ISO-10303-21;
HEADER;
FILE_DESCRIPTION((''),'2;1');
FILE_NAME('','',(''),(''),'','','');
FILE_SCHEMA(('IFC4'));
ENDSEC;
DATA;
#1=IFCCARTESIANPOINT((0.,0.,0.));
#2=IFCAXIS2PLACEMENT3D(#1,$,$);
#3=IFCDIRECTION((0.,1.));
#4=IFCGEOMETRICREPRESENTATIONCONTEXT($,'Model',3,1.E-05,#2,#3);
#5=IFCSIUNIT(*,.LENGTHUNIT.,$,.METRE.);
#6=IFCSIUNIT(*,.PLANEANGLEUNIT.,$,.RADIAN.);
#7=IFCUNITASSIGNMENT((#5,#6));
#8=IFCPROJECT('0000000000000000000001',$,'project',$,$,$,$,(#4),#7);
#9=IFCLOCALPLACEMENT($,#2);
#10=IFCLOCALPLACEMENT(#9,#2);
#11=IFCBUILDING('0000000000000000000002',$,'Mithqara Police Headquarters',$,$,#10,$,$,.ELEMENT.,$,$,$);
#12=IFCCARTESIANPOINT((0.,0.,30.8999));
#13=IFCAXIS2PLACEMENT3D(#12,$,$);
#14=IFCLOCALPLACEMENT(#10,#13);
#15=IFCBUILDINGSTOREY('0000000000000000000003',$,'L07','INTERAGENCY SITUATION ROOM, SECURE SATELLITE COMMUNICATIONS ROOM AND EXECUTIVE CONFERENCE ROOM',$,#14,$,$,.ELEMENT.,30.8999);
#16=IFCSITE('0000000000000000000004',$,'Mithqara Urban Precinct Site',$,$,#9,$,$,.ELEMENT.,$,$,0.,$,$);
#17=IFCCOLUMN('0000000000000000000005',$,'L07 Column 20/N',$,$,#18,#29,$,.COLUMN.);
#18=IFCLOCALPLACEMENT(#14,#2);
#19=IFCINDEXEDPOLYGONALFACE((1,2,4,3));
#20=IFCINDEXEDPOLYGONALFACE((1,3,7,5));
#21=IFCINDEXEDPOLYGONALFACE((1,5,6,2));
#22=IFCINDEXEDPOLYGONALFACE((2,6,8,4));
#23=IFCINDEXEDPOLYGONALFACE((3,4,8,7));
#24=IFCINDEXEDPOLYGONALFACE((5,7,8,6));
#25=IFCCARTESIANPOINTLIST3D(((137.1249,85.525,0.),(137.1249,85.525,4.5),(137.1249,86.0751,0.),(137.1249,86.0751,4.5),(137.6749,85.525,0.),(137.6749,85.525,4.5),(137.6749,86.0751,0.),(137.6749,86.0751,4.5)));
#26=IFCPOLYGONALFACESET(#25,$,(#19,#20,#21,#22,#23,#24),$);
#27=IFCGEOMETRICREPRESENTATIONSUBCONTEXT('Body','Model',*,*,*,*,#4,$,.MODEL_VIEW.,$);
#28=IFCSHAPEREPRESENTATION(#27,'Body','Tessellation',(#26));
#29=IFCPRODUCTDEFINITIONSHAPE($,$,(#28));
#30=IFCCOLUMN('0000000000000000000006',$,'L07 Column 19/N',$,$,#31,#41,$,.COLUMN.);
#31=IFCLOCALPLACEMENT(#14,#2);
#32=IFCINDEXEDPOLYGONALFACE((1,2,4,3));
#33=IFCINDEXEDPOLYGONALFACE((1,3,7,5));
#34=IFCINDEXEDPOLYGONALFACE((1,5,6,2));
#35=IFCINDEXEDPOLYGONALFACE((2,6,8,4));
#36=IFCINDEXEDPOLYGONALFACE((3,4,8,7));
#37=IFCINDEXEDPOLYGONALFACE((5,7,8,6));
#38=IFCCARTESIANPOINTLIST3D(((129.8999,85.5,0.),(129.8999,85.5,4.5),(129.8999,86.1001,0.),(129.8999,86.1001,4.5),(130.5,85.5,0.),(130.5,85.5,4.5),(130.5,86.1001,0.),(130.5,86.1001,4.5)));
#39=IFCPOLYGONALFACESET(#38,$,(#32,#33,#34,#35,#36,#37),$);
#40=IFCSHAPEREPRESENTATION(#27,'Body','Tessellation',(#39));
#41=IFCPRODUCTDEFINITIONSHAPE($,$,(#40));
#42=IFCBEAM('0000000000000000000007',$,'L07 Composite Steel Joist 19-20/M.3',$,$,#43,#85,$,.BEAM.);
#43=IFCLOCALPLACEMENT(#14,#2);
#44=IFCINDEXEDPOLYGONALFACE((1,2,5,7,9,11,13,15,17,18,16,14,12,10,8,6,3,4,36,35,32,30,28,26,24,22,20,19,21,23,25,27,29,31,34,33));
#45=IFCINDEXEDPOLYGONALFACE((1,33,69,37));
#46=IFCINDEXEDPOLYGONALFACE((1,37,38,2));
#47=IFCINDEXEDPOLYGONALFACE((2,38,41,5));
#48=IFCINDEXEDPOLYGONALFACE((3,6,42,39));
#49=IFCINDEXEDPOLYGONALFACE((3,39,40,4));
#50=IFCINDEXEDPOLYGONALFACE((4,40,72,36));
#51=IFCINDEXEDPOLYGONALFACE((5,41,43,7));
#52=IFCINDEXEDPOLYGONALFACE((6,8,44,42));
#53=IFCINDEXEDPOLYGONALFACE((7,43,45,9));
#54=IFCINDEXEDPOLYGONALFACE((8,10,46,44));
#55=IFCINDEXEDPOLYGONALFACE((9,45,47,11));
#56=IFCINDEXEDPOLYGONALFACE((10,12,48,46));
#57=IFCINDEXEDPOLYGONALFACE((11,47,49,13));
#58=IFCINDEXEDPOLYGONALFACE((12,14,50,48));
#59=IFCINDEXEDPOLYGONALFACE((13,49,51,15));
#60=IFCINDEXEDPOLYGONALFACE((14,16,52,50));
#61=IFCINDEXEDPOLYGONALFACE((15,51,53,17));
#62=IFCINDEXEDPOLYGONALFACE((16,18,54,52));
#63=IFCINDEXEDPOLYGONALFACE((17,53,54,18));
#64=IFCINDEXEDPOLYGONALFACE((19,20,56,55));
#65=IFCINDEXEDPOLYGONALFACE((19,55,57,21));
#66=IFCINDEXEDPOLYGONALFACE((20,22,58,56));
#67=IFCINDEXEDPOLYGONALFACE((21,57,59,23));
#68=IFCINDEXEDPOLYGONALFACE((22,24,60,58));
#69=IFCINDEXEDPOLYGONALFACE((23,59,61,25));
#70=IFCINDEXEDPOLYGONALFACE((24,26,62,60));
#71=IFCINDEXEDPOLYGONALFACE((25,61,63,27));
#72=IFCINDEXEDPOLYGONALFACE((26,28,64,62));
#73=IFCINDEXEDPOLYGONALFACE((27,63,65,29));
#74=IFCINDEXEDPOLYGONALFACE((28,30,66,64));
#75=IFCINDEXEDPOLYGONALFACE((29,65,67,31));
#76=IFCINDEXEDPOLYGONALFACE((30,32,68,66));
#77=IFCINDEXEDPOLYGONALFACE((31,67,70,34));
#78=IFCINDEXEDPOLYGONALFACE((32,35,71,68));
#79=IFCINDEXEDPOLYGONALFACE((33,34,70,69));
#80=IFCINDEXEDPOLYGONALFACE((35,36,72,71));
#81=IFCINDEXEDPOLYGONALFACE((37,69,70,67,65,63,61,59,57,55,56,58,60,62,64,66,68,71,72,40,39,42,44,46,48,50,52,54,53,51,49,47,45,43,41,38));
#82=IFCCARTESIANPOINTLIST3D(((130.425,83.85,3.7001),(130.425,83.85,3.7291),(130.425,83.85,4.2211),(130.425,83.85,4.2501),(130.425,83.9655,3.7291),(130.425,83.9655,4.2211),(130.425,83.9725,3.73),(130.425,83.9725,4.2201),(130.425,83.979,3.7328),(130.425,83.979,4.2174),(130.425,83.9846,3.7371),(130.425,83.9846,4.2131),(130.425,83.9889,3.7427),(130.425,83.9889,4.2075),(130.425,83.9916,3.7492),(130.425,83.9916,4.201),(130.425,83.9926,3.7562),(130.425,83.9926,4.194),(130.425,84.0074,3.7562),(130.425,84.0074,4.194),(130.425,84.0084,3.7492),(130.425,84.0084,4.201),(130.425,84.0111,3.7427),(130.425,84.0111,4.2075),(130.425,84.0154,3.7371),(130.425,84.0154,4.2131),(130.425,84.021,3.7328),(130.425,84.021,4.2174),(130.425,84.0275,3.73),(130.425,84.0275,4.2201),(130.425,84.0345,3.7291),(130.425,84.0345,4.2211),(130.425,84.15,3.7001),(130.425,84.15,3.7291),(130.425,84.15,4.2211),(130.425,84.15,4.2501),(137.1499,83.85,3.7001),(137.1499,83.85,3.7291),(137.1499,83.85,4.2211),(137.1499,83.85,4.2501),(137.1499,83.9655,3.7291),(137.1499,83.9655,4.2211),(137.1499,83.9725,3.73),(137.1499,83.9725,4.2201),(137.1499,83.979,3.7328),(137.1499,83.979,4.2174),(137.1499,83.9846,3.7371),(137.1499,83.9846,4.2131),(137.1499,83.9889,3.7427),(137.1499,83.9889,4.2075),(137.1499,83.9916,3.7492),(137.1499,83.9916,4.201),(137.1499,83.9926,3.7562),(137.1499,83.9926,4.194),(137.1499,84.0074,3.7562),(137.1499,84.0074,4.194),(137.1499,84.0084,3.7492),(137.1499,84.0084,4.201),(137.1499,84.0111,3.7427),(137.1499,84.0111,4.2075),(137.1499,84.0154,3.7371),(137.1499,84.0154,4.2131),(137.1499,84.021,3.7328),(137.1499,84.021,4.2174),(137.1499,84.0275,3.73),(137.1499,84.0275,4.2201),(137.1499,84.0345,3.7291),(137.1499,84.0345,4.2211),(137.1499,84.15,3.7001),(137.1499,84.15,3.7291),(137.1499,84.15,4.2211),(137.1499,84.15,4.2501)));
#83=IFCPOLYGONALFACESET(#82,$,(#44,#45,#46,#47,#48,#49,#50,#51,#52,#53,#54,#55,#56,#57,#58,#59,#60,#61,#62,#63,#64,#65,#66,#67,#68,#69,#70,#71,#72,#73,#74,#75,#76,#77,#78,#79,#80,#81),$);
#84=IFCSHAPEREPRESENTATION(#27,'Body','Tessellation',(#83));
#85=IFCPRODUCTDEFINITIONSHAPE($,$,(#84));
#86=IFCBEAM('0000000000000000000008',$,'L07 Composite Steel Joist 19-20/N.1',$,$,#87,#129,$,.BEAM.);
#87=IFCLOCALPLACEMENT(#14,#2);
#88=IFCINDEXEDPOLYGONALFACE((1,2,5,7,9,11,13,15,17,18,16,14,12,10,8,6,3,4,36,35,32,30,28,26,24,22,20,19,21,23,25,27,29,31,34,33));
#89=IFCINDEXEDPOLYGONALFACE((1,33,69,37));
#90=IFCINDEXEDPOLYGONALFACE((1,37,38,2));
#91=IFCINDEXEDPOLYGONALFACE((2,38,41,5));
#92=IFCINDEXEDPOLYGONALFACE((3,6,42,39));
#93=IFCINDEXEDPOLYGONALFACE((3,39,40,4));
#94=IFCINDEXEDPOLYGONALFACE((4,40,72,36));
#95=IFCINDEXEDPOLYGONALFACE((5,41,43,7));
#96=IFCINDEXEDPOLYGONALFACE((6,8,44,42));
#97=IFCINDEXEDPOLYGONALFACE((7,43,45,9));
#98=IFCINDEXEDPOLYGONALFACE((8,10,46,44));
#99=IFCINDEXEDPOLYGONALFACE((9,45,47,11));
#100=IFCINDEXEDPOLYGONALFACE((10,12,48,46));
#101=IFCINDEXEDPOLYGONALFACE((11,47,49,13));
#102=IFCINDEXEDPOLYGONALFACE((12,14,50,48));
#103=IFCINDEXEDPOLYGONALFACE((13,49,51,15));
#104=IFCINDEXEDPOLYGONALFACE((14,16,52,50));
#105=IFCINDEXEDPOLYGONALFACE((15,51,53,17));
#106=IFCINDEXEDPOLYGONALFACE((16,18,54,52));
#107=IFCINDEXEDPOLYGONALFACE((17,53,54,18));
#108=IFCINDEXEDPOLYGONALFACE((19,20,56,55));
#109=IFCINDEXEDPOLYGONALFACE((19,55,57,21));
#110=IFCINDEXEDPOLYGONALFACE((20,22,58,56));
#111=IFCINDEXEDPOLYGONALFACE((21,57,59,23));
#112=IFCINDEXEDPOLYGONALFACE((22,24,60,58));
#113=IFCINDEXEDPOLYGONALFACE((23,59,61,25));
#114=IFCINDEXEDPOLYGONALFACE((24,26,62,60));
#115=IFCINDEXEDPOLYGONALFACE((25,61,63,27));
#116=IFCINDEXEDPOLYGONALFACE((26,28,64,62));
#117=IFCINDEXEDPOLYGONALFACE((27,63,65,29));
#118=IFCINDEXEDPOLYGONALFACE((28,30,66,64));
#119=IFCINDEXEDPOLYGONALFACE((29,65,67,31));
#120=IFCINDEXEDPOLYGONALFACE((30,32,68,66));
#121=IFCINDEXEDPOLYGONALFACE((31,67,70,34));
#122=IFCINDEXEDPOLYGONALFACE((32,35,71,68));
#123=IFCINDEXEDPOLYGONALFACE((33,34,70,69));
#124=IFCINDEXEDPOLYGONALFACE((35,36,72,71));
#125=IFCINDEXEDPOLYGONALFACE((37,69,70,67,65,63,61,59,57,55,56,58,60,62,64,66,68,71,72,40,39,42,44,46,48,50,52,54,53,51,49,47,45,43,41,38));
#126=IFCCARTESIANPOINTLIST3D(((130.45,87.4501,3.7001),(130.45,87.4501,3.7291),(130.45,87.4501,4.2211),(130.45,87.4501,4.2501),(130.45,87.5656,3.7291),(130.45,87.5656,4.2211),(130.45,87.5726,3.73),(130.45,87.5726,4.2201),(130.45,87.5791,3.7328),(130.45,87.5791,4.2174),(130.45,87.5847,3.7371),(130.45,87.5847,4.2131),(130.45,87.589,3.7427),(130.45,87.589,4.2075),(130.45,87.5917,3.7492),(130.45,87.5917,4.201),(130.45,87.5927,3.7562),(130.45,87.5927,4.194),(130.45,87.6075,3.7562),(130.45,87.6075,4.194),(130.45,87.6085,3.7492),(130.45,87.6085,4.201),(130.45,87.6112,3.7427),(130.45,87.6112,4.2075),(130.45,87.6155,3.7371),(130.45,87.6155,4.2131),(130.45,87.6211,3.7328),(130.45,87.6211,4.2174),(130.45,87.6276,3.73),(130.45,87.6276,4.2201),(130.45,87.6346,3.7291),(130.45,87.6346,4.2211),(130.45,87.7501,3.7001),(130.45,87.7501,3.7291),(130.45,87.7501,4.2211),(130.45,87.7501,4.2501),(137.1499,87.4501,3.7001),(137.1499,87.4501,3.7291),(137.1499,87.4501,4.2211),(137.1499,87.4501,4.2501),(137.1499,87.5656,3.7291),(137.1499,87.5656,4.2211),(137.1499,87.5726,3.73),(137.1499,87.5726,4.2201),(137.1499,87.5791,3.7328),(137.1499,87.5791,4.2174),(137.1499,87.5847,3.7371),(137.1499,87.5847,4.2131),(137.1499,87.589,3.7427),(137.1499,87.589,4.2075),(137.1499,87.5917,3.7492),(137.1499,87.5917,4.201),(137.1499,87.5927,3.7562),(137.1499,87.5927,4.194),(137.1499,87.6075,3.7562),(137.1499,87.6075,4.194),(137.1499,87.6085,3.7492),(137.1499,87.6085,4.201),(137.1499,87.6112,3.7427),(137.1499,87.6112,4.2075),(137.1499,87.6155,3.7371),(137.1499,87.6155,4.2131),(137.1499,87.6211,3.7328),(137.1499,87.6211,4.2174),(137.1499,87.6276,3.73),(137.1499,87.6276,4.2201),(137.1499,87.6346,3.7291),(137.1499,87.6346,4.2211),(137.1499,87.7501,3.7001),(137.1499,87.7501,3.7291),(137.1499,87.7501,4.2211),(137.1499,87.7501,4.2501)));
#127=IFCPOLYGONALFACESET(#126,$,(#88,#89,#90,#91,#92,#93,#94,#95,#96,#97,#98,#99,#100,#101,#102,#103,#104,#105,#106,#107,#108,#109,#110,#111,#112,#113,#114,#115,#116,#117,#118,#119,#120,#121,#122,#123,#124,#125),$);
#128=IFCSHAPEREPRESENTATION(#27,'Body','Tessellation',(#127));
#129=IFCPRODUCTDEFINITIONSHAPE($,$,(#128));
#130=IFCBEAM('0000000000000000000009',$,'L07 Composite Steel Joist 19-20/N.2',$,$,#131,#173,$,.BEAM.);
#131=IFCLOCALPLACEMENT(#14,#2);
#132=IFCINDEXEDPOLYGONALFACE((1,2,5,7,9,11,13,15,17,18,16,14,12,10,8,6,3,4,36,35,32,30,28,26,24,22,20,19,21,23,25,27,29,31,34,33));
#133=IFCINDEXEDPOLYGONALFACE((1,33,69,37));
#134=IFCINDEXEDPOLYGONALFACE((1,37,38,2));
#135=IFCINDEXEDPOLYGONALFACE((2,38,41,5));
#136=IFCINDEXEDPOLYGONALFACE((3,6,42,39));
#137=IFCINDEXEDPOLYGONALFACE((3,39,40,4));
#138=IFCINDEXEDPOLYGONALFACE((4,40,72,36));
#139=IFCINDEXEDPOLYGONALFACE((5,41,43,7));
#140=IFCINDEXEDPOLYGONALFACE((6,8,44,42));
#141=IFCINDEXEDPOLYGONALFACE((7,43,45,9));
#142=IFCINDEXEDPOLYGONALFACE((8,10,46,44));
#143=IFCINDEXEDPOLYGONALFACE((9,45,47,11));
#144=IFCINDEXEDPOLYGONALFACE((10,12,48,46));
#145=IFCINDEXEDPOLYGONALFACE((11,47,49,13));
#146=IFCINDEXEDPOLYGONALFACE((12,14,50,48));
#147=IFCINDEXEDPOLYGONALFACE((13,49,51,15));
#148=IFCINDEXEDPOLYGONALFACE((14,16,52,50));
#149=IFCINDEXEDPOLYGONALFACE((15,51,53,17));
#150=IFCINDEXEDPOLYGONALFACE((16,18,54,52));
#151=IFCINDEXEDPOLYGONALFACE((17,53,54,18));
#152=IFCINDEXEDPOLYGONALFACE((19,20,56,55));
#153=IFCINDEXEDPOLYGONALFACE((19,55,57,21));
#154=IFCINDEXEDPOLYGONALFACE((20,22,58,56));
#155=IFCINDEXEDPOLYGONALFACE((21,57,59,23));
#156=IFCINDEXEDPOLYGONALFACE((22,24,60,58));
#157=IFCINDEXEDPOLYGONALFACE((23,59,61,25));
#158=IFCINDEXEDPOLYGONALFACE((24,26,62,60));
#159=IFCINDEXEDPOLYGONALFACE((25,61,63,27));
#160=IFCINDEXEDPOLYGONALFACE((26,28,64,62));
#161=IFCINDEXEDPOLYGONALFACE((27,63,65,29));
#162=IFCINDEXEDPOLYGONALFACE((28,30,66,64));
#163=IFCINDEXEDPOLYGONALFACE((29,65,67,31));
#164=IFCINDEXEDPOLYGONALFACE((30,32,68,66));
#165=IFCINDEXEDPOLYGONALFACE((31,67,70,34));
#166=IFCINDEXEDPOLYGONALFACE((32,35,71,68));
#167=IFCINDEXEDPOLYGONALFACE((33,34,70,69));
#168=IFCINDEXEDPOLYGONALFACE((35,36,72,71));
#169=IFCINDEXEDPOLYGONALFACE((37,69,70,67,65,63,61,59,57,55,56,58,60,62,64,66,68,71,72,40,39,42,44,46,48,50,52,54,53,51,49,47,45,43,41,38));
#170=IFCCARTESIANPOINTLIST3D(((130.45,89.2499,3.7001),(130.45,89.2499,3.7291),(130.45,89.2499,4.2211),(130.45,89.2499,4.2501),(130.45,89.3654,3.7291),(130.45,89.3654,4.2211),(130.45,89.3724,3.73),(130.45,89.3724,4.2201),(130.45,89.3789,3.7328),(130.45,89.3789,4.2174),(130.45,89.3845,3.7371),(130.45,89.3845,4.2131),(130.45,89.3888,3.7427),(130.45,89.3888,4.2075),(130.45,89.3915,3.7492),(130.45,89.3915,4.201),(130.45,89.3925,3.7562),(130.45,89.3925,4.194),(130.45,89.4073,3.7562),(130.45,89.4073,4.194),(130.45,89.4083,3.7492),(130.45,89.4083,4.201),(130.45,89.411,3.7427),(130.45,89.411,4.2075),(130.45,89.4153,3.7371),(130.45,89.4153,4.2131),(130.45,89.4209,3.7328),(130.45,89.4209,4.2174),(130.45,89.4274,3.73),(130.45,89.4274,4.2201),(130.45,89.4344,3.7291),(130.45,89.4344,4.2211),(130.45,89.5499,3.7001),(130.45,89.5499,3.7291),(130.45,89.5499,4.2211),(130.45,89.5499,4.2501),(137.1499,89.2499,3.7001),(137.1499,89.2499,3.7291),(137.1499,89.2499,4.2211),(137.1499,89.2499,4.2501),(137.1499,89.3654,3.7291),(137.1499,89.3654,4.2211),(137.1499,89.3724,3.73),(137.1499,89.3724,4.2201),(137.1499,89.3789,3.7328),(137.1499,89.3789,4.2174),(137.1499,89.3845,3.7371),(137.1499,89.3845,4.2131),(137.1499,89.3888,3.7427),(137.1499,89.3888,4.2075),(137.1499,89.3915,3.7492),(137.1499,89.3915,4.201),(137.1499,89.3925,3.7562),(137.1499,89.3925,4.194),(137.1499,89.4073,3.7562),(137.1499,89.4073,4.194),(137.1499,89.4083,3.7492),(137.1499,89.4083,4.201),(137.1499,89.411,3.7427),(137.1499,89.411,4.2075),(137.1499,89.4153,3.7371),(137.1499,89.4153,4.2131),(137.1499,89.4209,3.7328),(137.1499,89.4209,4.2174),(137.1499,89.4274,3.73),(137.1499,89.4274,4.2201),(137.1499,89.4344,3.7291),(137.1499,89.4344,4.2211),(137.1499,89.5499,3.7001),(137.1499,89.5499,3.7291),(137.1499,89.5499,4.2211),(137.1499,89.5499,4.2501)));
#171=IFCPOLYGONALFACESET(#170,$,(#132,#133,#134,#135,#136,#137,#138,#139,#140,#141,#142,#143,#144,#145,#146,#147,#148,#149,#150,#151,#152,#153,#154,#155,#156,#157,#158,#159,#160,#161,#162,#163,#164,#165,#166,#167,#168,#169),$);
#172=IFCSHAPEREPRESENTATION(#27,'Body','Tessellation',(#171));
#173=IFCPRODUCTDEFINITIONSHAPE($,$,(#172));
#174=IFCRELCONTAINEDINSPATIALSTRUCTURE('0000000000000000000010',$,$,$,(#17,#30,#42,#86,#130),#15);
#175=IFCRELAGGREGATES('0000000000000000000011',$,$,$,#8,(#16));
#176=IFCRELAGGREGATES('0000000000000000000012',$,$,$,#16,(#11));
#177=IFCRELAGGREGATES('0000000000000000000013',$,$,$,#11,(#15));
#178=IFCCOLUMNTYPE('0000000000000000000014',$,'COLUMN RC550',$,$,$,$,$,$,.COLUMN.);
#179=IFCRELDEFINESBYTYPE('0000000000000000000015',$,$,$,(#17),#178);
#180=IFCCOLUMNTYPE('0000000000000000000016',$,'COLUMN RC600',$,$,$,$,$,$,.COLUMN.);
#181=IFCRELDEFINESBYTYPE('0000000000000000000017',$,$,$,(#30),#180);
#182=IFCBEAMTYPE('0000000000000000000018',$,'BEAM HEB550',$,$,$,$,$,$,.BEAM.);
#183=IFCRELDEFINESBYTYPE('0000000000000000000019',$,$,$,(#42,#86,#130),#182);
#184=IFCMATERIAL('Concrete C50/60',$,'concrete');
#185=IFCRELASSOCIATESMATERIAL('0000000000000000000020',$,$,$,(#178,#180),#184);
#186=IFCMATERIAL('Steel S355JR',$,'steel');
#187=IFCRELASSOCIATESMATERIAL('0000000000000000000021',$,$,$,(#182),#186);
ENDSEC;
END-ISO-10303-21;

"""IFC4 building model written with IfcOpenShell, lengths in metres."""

from ifc_helpers import new_model, si_unit, direction, frame, origin, origin_2d, place, context, subcontext, project, spatial, rectangle, i_section, extrude, material, material_profile, profile_set, type_object, element, save


model = new_model("IFC4")

# Units and contexts
model_context = context("Model", 3, precision=1e-05, world=origin(), true_north=direction((0.0, 1.0)))
body_context = subcontext(model_context, "Body", "Model", "MODEL_VIEW")
ifc_project = project(units=[si_unit("LENGTHUNIT", "METRE"), si_unit("PLANEANGLEUNIT", "RADIAN")], contexts=[model_context])

# Site, building, storey
site_placement = place(None, origin())
site = spatial("IfcSite", under=ifc_project, at=site_placement, Name="Mithqara Urban Precinct Site", CompositionType="ELEMENT", RefElevation=0.0)
building_placement = place(site_placement, origin())
building = spatial("IfcBuilding", under=site, at=building_placement, Name="Mithqara Police Headquarters", CompositionType="ELEMENT")
storey_placement = place(building_placement, frame((0.0, 0.0, 30.8999)))
storey = spatial("IfcBuildingStorey", under=building, at=storey_placement, Name="L07", Description="INTERAGENCY SITUATION ROOM, SECURE SATELLITE COMMUNICATIONS ROOM AND EXECUTIVE CONFERENCE ROOM", CompositionType="ELEMENT", Elevation=30.8999)

# Columns
ifc_material_1 = material(Name="Concrete C50/60", Category="concrete")
ifc_material_profile_1 = material_profile(ifc_material_1, rectangle(XDim=0.55, YDim=0.55, at=origin_2d()), Name="RC 550x550")
ifc_profile_set_1 = profile_set([ifc_material_profile_1], Name="Concrete C50/60")
column_type_1 = type_object("IfcColumnType", Name="COLUMN RC550", PredefinedType="COLUMN", material=ifc_profile_set_1)
column_1_placement = place(storey_placement, frame((137.3999, 85.8, 0.0), z_axis=(0.0, 0.0, 1.0), x_axis=(1.0, 0.0, 0.0)))
element("IfcColumn", 1, at=column_1_placement, inside=storey, type_object=column_type_1, Name="L07 Column 20/N", PredefinedType="COLUMN", context=body_context, shape_type="SweptSolid", body=[
    extrude(rectangle(XDim=0.55, YDim=0.55, at=origin_2d()), origin(), (0.0, 0.0, 1.0), 4.5),
])
ifc_material_profile_2 = material_profile(ifc_material_1, rectangle(XDim=0.6001, YDim=0.6001, at=origin_2d()), Name="RC 600x600")
ifc_profile_set_2 = profile_set([ifc_material_profile_2], Name="Concrete C50/60")
column_type_2 = type_object("IfcColumnType", Name="COLUMN RC600", PredefinedType="COLUMN", material=ifc_profile_set_2)
column_2_placement = place(storey_placement, frame((130.2, 85.8, 0.0), z_axis=(0.0, 0.0, 1.0), x_axis=(1.0, 0.0, 0.0)))
element("IfcColumn", 2, at=column_2_placement, inside=storey, type_object=column_type_2, Name="L07 Column 19/N", PredefinedType="COLUMN", context=body_context, shape_type="SweptSolid", body=[
    extrude(rectangle(XDim=0.6001, YDim=0.6001, at=origin_2d()), origin(), (0.0, 0.0, 1.0), 4.5),
])

# Beams
ifc_material_2 = material(Name="Steel S355JR", Category="steel")
ifc_material_profile_3 = material_profile(ifc_material_2, i_section(OverallWidth=0.3, OverallDepth=0.55, WebThickness=0.0149, FlangeThickness=0.0291, FilletRadius=0.0271, at=origin_2d()), Name="HEB 550")
ifc_profile_set_3 = profile_set([ifc_material_profile_3], Name="Steel S355JR")
beam_type_1 = type_object("IfcBeamType", Name="BEAM HEB550", PredefinedType="BEAM", material=ifc_profile_set_3)
beam_1_placement = place(storey_placement, frame((130.425, 84.0, 3.9751), z_axis=(1.0, 0.0, 0.0), x_axis=(0.0, 1.0, 0.0)))
element("IfcBeam", 3, at=beam_1_placement, inside=storey, type_object=beam_type_1, Name="L07 Composite Steel Joist 19-20/M.3", PredefinedType="BEAM", context=body_context, shape_type="SweptSolid", body=[
    extrude(i_section(OverallWidth=0.3, OverallDepth=0.55, WebThickness=0.0149, FlangeThickness=0.0291, FilletRadius=0.0271, at=origin_2d()), origin(), (0.0, 0.0, 1.0), 6.7249),
])
for number, where, z_axis, x_axis, name in (
    (4, (130.45, 87.6001, 3.9751), (1.0, 0.0, 0.0), (0.0, 1.0, 0.0), "L07 Composite Steel Joist 19-20/N.1"),
    (5, (130.45, 89.3999, 3.9751), (1.0, 0.0, 0.0), (0.0, 1.0, 0.0), "L07 Composite Steel Joist 19-20/N.2"),
):
    element("IfcBeam", number, at=place(storey_placement, frame(where, z_axis=z_axis, x_axis=x_axis)), inside=storey, type_object=beam_type_1, Name=name, PredefinedType="BEAM", context=body_context, shape_type="SweptSolid", body=[
        extrude(i_section(OverallWidth=0.3, OverallDepth=0.55, WebThickness=0.0149, FlangeThickness=0.0291, FilletRadius=0.0271, at=origin_2d()), origin(), (0.0, 0.0, 1.0), 6.7),
    ])

save(model, "model.ifc")
